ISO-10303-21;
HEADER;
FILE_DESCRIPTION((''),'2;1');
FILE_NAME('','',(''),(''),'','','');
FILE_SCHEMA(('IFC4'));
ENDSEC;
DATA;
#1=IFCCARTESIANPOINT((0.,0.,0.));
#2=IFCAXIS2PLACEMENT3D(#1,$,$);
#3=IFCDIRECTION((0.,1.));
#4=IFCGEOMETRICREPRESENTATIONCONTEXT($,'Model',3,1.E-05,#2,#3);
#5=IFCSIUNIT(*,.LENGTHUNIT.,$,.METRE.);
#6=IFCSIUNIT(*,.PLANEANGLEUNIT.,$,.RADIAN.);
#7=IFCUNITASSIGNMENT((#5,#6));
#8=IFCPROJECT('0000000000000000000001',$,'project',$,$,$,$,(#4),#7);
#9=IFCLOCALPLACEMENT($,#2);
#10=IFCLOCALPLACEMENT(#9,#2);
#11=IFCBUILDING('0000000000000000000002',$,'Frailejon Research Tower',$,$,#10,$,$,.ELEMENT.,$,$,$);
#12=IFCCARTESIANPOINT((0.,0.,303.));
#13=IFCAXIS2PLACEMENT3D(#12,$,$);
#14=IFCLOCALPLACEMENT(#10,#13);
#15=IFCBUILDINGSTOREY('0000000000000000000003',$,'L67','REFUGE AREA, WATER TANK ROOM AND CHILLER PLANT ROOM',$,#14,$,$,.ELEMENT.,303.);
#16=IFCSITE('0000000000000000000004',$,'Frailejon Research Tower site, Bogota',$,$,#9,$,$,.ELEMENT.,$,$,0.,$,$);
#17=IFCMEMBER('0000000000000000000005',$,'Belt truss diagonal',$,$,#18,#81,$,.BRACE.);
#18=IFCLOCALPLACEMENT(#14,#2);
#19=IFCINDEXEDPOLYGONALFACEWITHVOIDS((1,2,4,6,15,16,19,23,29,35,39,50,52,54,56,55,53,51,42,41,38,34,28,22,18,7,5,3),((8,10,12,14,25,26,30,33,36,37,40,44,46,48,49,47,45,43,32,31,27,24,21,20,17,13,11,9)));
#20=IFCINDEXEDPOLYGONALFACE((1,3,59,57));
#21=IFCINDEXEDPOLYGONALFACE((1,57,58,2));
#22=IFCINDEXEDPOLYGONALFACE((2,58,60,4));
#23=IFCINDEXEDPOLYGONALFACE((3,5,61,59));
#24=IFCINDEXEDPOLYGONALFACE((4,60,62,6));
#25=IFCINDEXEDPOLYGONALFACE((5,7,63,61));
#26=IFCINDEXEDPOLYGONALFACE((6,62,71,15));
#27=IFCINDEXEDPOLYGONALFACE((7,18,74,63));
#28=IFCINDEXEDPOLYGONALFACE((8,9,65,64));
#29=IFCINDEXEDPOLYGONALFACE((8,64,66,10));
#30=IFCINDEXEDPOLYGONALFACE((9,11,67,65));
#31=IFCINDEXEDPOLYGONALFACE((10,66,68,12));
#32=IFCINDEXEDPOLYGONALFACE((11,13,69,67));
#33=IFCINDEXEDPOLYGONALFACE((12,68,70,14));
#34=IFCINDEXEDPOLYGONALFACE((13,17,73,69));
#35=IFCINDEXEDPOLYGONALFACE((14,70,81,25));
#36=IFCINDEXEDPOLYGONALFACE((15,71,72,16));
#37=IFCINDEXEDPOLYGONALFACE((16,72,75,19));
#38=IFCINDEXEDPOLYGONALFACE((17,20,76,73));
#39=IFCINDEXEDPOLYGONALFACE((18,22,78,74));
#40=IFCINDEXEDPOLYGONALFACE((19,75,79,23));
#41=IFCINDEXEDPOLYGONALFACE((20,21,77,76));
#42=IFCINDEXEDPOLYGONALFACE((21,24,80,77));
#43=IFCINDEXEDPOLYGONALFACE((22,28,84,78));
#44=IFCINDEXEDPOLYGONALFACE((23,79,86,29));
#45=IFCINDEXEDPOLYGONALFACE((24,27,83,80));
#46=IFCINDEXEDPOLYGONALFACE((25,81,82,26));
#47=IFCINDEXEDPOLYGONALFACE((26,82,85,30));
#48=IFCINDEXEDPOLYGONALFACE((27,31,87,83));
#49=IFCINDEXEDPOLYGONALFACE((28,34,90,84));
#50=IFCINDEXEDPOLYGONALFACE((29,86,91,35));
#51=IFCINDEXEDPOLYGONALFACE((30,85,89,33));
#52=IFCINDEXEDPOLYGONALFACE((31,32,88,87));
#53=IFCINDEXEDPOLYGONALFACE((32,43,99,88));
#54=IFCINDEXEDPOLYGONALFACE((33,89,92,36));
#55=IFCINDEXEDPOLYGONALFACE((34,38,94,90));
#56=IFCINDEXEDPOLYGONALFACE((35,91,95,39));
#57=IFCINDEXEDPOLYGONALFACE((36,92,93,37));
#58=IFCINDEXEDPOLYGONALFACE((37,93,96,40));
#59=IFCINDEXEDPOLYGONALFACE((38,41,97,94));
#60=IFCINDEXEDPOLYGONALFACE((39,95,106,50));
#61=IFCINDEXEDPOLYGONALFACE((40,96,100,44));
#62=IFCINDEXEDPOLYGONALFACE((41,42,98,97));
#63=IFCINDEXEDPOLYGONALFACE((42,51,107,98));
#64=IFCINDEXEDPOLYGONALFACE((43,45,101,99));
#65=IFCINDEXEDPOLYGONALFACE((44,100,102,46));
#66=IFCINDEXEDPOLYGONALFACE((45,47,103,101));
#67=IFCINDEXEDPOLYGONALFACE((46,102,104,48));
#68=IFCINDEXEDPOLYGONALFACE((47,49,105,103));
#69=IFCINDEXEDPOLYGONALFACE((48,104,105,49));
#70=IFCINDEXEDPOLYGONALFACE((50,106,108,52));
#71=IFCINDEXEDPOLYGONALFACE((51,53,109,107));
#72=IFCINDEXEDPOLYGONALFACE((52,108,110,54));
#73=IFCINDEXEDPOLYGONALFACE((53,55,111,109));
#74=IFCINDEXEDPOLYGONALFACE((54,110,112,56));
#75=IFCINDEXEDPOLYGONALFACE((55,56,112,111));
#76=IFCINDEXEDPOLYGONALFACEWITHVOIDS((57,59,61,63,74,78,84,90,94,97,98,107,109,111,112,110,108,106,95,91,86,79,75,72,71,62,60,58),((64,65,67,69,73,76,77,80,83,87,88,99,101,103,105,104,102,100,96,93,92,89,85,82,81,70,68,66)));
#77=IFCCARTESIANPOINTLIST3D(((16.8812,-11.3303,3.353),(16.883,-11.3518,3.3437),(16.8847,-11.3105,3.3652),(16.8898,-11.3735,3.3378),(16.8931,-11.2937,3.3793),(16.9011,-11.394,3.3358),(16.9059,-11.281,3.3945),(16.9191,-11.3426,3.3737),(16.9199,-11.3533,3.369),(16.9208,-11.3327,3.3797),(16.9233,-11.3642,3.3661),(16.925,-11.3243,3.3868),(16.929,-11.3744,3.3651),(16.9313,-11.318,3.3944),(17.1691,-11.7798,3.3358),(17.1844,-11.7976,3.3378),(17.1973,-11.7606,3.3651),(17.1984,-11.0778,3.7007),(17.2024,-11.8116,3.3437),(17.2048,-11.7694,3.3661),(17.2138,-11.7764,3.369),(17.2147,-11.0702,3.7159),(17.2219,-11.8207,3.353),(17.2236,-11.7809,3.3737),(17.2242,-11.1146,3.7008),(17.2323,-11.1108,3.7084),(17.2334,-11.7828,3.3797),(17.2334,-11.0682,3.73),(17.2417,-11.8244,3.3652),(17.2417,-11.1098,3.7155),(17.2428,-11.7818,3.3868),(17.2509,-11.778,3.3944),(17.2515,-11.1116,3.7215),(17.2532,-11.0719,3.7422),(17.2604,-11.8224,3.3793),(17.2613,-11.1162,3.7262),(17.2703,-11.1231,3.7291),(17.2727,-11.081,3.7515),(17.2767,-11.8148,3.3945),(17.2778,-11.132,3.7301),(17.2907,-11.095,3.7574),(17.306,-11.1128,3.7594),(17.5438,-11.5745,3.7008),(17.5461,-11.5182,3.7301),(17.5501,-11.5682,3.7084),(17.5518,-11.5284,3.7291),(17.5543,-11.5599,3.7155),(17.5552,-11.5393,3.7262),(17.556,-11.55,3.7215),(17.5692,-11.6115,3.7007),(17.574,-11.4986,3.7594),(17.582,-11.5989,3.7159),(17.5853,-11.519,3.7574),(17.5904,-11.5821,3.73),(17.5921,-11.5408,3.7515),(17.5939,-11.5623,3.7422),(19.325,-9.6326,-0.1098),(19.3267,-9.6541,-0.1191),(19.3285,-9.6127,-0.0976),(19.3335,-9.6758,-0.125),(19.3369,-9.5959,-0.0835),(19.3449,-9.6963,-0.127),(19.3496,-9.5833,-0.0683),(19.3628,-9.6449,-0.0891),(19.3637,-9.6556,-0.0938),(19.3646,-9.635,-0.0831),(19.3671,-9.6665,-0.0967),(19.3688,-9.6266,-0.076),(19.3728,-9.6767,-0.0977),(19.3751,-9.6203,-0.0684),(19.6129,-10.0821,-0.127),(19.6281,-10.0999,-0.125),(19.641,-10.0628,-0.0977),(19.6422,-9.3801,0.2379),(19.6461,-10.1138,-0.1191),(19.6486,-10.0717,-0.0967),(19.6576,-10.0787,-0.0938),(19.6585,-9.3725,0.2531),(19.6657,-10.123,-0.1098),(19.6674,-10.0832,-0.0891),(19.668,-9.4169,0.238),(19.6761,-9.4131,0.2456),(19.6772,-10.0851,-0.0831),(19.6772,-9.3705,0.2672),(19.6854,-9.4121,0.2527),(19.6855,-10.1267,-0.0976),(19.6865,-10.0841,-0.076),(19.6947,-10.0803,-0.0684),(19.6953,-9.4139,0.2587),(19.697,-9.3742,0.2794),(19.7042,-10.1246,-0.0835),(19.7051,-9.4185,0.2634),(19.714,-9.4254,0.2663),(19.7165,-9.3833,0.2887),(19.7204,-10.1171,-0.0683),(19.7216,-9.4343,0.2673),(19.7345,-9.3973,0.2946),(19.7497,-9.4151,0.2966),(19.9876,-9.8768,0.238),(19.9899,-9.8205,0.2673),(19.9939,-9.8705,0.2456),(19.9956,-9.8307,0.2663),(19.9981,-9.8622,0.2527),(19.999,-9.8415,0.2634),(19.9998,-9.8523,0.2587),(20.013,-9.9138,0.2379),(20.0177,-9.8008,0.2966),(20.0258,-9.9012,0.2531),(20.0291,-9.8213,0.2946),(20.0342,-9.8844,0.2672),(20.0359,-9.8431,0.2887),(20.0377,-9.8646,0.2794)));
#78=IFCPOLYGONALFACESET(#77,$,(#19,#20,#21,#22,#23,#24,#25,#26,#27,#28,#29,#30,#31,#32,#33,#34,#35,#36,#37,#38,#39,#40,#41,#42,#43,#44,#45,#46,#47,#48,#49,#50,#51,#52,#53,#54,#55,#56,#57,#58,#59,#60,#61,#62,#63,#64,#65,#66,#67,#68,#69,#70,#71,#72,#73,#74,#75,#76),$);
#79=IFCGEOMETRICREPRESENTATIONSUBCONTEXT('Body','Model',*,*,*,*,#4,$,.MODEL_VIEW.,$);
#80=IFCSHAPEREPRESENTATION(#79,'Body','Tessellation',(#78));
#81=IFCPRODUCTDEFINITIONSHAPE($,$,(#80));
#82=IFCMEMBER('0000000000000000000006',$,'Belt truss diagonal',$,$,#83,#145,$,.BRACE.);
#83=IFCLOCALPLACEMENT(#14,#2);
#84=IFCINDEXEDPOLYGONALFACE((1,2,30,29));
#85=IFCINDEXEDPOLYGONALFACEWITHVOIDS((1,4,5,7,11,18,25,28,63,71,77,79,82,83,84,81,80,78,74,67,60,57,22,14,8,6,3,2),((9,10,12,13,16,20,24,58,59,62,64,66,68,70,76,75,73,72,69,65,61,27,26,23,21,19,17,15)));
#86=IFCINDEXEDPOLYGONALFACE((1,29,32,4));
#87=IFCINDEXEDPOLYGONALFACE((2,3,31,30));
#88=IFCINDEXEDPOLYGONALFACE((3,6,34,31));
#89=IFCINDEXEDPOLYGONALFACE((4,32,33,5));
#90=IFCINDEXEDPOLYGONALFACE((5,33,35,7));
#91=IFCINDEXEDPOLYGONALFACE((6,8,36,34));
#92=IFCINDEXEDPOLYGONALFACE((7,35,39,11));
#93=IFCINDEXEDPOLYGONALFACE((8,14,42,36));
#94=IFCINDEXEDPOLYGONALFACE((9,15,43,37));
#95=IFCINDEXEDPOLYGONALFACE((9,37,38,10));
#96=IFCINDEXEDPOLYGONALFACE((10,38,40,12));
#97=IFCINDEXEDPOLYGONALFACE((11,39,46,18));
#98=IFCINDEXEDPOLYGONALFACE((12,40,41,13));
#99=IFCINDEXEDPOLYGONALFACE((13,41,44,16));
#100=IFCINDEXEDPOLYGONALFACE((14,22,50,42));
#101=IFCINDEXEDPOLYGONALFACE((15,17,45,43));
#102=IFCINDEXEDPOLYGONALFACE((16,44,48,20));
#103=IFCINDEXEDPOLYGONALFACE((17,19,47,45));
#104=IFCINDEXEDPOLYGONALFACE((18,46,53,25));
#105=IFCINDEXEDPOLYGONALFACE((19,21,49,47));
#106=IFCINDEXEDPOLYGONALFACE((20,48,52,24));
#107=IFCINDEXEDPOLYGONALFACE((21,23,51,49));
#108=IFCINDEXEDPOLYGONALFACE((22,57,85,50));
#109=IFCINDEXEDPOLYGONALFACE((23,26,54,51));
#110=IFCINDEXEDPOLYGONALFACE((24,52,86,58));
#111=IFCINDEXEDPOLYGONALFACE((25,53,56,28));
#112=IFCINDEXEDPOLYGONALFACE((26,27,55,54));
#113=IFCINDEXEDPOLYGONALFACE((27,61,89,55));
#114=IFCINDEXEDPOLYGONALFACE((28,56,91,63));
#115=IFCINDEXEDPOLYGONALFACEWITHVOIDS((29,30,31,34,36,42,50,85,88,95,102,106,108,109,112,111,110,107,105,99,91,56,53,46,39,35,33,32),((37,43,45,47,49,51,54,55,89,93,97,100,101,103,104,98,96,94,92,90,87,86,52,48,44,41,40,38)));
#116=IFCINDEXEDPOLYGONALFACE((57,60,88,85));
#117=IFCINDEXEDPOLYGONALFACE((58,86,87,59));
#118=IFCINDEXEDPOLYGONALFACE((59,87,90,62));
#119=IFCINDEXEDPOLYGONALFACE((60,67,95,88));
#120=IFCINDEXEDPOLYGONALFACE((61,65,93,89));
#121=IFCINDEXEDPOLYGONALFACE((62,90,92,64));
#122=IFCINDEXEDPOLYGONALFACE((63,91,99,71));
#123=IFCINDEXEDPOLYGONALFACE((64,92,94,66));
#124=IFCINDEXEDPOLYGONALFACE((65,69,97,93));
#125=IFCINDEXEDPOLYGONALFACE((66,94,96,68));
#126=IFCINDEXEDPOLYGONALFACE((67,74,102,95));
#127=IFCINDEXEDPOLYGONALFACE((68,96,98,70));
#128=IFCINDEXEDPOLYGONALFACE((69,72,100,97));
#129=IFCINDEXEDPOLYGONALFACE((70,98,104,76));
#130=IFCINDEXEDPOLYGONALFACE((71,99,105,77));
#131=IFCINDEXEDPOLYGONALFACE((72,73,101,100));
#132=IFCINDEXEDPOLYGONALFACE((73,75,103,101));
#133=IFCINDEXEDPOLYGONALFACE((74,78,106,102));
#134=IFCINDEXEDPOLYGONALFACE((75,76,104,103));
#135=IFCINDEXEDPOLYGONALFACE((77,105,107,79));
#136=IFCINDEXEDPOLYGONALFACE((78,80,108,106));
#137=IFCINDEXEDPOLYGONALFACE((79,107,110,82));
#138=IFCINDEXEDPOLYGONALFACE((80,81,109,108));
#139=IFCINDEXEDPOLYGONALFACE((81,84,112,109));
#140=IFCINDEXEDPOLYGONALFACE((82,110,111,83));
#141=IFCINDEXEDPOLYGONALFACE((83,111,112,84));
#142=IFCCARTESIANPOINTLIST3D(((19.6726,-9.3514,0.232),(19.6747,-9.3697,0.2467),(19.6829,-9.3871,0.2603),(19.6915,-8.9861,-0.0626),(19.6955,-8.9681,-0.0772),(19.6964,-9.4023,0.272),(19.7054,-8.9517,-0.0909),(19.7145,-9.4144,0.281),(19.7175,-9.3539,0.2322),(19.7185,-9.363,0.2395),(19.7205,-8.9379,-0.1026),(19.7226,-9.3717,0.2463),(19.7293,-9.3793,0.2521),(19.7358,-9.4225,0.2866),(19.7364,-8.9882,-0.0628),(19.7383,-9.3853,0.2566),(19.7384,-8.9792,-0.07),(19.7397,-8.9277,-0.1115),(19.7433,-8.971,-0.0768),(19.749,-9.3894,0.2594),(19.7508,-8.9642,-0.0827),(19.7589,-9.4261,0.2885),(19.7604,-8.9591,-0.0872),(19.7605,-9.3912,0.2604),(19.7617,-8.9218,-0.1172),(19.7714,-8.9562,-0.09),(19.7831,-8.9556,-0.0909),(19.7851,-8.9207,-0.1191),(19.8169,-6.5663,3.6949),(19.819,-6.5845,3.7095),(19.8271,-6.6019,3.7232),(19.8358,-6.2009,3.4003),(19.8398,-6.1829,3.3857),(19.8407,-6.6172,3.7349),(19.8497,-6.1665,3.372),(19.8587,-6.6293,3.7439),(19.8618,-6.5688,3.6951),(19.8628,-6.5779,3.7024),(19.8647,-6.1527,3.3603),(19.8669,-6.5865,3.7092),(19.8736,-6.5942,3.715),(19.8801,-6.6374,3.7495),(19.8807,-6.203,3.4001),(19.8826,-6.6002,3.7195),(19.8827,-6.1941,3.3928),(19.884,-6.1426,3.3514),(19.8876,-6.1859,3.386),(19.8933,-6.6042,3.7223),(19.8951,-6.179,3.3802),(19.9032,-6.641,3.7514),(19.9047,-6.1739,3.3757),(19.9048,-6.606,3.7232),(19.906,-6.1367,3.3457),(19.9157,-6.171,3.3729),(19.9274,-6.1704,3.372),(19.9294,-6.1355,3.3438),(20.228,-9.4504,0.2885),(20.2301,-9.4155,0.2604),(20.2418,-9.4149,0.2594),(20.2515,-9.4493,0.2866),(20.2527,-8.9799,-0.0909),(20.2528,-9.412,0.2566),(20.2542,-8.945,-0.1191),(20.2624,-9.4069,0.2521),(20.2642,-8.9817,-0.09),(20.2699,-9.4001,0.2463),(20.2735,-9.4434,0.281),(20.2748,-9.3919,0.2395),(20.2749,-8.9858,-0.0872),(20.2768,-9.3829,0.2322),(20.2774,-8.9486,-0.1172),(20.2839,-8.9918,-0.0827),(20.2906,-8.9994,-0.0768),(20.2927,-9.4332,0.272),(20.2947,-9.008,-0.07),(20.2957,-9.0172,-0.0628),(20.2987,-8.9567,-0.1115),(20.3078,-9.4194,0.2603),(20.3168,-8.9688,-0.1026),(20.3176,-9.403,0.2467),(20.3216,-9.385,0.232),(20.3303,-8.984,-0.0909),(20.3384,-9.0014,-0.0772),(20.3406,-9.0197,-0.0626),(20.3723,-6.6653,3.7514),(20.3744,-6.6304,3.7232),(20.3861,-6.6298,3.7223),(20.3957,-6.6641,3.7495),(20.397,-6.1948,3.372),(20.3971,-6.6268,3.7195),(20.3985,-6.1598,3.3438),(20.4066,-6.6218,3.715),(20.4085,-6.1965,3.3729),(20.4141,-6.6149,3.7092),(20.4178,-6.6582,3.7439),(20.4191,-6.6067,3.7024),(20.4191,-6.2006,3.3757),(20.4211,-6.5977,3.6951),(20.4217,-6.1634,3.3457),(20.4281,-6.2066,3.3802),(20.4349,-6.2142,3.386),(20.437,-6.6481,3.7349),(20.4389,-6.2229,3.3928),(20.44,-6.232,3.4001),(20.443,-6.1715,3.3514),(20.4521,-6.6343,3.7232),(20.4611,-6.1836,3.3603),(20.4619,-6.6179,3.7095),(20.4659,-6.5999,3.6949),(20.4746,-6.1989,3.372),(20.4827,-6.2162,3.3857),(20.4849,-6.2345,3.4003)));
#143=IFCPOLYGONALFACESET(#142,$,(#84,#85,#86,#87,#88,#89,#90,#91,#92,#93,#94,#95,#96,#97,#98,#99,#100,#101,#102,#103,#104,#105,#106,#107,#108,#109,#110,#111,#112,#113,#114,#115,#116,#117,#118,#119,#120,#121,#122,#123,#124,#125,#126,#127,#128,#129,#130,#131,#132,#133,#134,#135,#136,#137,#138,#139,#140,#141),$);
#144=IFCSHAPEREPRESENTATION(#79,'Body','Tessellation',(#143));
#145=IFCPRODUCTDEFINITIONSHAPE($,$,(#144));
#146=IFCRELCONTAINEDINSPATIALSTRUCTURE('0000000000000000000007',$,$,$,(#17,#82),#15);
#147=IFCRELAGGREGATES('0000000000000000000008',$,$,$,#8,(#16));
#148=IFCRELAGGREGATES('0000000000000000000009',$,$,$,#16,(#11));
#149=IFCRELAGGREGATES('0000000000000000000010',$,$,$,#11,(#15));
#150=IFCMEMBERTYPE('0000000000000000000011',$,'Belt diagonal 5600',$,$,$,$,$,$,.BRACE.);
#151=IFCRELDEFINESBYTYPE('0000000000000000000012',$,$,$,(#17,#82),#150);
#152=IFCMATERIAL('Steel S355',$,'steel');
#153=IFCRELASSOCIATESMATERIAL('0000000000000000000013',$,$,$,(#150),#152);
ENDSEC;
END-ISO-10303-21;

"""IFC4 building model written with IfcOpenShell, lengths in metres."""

from ifc_helpers import new_model, si_unit, direction, frame, origin, origin_2d, place, context, subcontext, project, spatial, hollow_rectangle, extrude, material, material_profile, profile_set, type_object, element, save


model = new_model("IFC4")

# Units and contexts
model_context = context("Model", 3, precision=1e-05, world=origin(), true_north=direction((0.0, 1.0)))
body_context = subcontext(model_context, "Body", "Model", "MODEL_VIEW")
ifc_project = project(units=[si_unit("LENGTHUNIT", "METRE"), si_unit("PLANEANGLEUNIT", "RADIAN")], contexts=[model_context])

# Site, building, storey
site_placement = place(None, origin())
site = spatial("IfcSite", under=ifc_project, at=site_placement, Name="Frailejon Research Tower site, Bogota", CompositionType="ELEMENT", RefElevation=0.0)
building_placement = place(site_placement, origin())
building = spatial("IfcBuilding", under=site, at=building_placement, Name="Frailejon Research Tower", CompositionType="ELEMENT")
storey_placement = place(building_placement, frame((0.0, 0.0, 303.0)))
storey = spatial("IfcBuildingStorey", under=building, at=storey_placement, Name="L67", Description="REFUGE AREA, WATER TANK ROOM AND CHILLER PLANT ROOM", CompositionType="ELEMENT", Elevation=303.0)

# Members
ifc_material_1 = material(Name="Steel S355", Category="steel")
ifc_material_profile_1 = material_profile(ifc_material_1, hollow_rectangle(XDim=0.6499, YDim=0.6499, WallThickness=0.0449, InnerFilletRadius=0.0449, OuterFilletRadius=0.0901, at=origin_2d()), Name="Belt diagonal 5600")
ifc_profile_set_1 = profile_set([ifc_material_profile_1], Name="Steel S355")
member_type = type_object("IfcMemberType", Name="Belt diagonal 5600", PredefinedType="BRACE", material=ifc_profile_set_1)
member_1_placement = place(storey_placement, frame((17.2375, -11.4463, 3.5476), z_axis=(0.535253, 0.371843, -0.758444), x_axis=(-0.57054, 0.82127, 0.0)))
element("IfcMember", 1, at=member_1_placement, inside=storey, type_object=member_type, Name="Belt truss diagonal", PredefinedType="BRACE", context=body_context, shape_type="SweptSolid", body=[
    extrude(hollow_rectangle(XDim=0.6499, YDim=0.6499, WallThickness=0.0449, InnerFilletRadius=0.0449, OuterFilletRadius=0.0901, at=origin_2d()), origin(), (0.0, 0.0, 1.0), 4.5657),
])
member_2_placement = place(storey_placement, frame((20.0066, -9.1855, 0.0847), z_axis=(0.032451, 0.6264, 0.778826), x_axis=(-0.998661, 0.051736, 0.0)))
element("IfcMember", 2, at=member_2_placement, inside=storey, type_object=member_type, Name="Belt truss diagonal", PredefinedType="BRACE", context=body_context, shape_type="SweptSolid", body=[
    extrude(hollow_rectangle(XDim=0.6499, YDim=0.6499, WallThickness=0.0449, InnerFilletRadius=0.0449, OuterFilletRadius=0.0901, at=origin_2d()), origin(), (0.0, 0.0, 1.0), 4.4463),
])

save(model, "model.ifc")
